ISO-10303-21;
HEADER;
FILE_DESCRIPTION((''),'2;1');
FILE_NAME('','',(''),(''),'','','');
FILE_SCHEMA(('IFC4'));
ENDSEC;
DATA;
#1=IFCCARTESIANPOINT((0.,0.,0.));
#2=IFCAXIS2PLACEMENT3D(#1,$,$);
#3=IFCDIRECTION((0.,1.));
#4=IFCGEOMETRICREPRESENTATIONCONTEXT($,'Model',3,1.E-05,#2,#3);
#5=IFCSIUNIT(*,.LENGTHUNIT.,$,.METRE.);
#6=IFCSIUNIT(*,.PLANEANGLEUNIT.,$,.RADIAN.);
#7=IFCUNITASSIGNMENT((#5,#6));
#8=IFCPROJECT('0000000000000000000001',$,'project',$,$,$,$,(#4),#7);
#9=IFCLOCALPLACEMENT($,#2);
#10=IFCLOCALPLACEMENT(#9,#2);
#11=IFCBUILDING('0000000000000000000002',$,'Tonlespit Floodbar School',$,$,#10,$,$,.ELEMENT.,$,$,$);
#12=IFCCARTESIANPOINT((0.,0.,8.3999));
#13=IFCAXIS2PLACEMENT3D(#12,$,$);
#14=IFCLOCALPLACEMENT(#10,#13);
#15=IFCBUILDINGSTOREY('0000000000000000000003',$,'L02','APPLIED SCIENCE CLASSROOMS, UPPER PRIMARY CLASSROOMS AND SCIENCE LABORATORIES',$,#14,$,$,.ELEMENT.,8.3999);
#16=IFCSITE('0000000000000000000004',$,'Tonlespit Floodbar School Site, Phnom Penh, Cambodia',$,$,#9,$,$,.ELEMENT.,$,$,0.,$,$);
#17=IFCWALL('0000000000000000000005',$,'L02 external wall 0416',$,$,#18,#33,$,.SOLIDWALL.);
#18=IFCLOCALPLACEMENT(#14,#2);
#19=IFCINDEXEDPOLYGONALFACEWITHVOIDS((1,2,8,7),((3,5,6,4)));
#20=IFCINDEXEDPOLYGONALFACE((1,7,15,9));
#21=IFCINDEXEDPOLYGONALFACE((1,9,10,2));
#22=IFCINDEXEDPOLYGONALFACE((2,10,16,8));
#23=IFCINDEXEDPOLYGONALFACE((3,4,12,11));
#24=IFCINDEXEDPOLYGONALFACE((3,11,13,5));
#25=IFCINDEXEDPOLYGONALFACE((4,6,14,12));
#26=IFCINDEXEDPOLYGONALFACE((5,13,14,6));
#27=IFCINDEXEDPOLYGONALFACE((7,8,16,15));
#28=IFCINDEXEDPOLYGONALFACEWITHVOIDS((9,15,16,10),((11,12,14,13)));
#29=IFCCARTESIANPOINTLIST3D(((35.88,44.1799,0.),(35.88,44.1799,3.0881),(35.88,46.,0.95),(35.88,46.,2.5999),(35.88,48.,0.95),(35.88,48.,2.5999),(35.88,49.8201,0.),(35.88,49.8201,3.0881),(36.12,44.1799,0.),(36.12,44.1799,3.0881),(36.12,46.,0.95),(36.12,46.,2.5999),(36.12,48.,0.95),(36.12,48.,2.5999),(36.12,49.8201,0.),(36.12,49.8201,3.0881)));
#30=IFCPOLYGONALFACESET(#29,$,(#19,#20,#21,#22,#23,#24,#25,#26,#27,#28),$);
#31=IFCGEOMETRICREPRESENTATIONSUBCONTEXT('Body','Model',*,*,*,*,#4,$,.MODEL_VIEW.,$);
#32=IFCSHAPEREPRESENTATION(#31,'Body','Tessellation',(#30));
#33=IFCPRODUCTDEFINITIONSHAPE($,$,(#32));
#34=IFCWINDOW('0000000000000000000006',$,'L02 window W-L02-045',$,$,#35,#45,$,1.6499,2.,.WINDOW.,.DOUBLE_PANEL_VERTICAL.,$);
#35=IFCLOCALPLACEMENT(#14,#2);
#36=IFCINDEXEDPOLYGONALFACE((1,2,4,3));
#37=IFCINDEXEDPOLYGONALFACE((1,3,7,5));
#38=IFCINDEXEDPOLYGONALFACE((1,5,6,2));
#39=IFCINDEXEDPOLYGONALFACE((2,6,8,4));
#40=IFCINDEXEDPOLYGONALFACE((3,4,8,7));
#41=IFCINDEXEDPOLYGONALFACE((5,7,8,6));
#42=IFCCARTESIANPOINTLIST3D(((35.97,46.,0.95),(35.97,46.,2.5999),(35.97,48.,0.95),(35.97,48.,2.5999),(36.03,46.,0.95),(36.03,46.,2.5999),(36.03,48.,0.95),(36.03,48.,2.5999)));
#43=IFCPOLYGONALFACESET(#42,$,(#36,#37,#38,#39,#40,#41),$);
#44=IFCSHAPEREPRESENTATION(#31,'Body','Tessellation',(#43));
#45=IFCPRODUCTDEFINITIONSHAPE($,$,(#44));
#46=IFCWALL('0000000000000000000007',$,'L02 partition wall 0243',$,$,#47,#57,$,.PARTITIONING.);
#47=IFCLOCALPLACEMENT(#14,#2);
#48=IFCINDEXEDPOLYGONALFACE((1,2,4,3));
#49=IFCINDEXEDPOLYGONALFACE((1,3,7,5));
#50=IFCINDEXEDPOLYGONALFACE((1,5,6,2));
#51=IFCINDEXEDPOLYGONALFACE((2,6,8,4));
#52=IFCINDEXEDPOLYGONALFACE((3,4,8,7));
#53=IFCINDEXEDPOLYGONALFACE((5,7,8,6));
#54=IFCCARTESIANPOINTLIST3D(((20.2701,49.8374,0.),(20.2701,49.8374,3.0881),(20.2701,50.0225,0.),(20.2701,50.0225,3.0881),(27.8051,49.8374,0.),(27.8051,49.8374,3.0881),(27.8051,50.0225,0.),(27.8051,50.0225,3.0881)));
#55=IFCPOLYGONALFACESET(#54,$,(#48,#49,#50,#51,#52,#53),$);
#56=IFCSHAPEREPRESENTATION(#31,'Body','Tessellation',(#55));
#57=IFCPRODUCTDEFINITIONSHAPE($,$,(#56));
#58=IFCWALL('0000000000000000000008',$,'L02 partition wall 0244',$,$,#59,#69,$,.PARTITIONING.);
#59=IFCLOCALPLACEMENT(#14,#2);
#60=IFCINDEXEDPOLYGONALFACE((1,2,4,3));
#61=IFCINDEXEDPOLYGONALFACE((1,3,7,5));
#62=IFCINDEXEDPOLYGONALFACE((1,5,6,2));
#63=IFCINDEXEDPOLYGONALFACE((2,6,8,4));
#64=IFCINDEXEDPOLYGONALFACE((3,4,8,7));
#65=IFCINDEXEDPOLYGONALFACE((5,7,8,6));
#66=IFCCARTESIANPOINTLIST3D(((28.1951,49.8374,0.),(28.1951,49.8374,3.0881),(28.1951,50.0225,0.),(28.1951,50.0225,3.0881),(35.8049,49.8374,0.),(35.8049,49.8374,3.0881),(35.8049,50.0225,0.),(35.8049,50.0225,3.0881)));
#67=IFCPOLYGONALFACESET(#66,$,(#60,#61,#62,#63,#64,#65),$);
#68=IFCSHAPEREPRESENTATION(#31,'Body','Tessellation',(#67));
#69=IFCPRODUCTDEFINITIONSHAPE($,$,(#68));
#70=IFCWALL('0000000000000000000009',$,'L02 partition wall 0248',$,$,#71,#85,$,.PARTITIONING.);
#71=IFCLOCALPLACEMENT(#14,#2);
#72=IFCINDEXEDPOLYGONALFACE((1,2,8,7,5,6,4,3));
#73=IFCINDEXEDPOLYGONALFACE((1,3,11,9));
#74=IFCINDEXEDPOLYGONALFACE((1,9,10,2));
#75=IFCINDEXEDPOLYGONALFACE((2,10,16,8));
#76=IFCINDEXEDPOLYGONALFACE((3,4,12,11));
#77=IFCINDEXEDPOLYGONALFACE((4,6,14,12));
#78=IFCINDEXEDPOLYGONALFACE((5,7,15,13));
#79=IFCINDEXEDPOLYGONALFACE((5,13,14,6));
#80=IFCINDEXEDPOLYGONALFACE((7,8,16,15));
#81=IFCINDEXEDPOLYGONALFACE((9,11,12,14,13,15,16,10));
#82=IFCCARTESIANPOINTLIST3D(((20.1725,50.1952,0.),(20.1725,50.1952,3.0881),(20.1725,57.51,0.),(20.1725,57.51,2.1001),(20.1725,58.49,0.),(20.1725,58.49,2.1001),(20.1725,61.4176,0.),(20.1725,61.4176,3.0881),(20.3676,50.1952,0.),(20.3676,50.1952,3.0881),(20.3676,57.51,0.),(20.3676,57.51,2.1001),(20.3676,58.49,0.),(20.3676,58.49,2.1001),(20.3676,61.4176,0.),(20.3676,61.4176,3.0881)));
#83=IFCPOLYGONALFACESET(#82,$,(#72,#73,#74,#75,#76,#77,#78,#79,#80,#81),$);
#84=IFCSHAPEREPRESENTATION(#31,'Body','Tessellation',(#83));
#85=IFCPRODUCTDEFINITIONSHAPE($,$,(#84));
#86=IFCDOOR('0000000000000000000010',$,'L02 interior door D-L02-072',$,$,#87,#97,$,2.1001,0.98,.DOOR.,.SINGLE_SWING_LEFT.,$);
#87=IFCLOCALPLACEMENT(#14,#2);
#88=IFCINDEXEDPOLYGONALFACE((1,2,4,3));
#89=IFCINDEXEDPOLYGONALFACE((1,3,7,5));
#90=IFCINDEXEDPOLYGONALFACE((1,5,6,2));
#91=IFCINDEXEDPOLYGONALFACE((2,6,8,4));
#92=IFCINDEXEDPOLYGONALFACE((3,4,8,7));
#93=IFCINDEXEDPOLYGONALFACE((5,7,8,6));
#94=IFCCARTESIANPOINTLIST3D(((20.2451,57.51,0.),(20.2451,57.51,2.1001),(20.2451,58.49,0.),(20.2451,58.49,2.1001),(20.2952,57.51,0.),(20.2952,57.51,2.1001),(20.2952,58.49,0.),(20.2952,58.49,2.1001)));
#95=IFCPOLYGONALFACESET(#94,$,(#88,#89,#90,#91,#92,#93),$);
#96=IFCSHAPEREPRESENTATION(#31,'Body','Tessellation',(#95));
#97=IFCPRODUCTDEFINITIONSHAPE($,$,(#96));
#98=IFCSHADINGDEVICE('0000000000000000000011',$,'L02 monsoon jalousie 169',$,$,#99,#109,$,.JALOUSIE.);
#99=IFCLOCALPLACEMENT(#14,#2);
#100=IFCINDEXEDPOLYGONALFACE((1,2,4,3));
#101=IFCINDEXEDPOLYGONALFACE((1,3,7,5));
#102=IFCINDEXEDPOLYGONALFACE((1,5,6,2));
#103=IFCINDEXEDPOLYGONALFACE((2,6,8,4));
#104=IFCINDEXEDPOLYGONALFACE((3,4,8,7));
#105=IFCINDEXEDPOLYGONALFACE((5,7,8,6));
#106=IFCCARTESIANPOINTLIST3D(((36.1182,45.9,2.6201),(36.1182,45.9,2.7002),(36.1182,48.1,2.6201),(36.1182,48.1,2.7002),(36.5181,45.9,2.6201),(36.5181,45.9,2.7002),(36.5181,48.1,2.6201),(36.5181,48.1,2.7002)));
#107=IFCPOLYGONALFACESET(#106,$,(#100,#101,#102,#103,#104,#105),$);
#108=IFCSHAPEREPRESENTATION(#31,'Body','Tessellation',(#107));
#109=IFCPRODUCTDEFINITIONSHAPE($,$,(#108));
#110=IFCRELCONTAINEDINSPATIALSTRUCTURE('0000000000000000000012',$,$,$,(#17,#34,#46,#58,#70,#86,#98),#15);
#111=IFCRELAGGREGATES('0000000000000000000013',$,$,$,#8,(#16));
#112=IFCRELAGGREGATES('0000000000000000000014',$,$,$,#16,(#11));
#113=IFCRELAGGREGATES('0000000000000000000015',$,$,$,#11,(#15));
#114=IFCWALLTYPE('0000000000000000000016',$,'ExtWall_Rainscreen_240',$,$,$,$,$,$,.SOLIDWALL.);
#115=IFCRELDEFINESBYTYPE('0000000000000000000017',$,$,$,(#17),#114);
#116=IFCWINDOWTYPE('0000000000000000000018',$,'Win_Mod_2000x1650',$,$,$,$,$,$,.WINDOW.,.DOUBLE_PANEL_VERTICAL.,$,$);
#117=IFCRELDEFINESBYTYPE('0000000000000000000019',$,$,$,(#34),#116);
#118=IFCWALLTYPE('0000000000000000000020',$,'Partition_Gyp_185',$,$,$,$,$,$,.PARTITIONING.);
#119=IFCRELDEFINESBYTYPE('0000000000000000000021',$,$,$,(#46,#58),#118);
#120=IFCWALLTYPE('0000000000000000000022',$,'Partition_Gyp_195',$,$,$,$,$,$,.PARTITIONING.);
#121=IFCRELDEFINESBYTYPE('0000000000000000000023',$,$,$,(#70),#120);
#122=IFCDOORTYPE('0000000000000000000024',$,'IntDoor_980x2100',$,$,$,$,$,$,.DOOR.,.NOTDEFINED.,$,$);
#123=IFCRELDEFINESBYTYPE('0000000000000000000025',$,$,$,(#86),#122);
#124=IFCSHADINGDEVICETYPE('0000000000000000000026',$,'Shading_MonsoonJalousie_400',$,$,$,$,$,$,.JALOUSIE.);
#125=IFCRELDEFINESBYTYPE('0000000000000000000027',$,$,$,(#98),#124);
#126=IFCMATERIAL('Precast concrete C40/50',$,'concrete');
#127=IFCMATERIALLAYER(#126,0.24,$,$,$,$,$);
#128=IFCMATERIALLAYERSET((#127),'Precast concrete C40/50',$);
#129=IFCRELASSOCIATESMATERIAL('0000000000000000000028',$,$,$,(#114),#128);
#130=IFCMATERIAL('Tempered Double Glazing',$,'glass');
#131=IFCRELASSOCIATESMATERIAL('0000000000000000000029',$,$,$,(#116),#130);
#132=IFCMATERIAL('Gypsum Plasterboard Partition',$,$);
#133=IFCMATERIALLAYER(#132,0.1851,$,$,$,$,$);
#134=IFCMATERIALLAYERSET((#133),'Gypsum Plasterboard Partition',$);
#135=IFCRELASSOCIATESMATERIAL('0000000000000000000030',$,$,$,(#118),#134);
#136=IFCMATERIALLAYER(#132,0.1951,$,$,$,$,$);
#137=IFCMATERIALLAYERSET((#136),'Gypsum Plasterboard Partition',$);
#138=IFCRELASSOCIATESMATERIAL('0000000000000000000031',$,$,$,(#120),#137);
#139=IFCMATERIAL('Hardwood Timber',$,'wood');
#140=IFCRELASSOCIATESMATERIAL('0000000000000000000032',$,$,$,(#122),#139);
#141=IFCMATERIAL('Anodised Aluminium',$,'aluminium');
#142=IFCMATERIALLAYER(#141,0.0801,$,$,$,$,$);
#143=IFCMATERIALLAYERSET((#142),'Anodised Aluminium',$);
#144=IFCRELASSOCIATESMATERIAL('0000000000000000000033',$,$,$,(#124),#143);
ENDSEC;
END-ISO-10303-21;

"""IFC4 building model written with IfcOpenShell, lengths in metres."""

from ifc_helpers import new_model, si_unit, direction, frame, frame_2d, origin, origin_2d, place, context, subcontext, project, spatial, rectangle, extrude, material, layer, layer_set, type_object, element, fill, save


model = new_model("IFC4")

# Units and contexts
model_context = context("Model", 3, precision=1e-05, world=origin(), true_north=direction((0.0, 1.0)))
body_context = subcontext(model_context, "Body", "Model", "MODEL_VIEW")
ifc_project = project(units=[si_unit("LENGTHUNIT", "METRE"), si_unit("PLANEANGLEUNIT", "RADIAN")], contexts=[model_context])

# Site, building, storey
site_placement = place(None, origin())
site = spatial("IfcSite", under=ifc_project, at=site_placement, Name="Tonlespit Floodbar School Site, Phnom Penh, Cambodia", CompositionType="ELEMENT", RefElevation=0.0)
building_placement = place(site_placement, origin())
building = spatial("IfcBuilding", under=site, at=building_placement, Name="Tonlespit Floodbar School", CompositionType="ELEMENT")
storey_placement = place(building_placement, frame((0.0, 0.0, 8.3999)))
storey = spatial("IfcBuildingStorey", under=building, at=storey_placement, Name="L02", Description="APPLIED SCIENCE CLASSROOMS, UPPER PRIMARY CLASSROOMS AND SCIENCE LABORATORIES", CompositionType="ELEMENT", Elevation=8.3999)

# Wall, opening, window
ifc_material_1 = material(Name="Precast concrete C40/50", Category="concrete")
ifc_layer_1 = layer(ifc_material_1, 0.24)
ifc_layer_set_1 = layer_set([ifc_layer_1], Name="Precast concrete C40/50")
wall_type_1 = type_object("IfcWallType", Name="ExtWall_Rainscreen_240", PredefinedType="SOLIDWALL", material=ifc_layer_set_1)
ifc_material_2 = material(Name="Tempered Double Glazing", Category="glass")
wall_1_placement = place(storey_placement, frame((36.0, 49.8201, 0.0), z_axis=(0.0, 0.0, 1.0), x_axis=(0.0, -1.0, 0.0)))
wall_1 = element("IfcWall", 1, at=wall_1_placement, inside=storey, type_object=wall_type_1, Name="L02 external wall 0416", PredefinedType="SOLIDWALL", context=body_context, shape_type="SweptSolid", body=[
    extrude(rectangle(XDim=5.6401, YDim=0.24, at=frame_2d((2.8201, 0.0))), origin(), (0.0, 0.0, 1.0), 3.0881),
])
opening_1_placement = place(wall_1_placement, frame((1.8201, 0.0, 0.95)))
opening_1 = element("IfcOpeningElement", 2, at=opening_1_placement, cuts=wall_1, PredefinedType="OPENING", context=body_context, shape_type="SweptSolid", body=[
    extrude(rectangle(XDim=2.0, YDim=1.6499, at=frame_2d((1.0, 0.825))), frame((0.0, 0.1299, 0.0), z_axis=(0.0, -1.0, 0.0), x_axis=(1.0, 0.0, 0.0)), (0.0, 0.0, 1.0), 0.26),
])
window_type_1 = type_object("IfcWindowType", Name="Win_Mod_2000x1650", PartitioningType="DOUBLE_PANEL_VERTICAL", PredefinedType="WINDOW", material=ifc_material_2)
window_1_placement = place(opening_1_placement, origin())
window_1 = element("IfcWindow", 3, at=window_1_placement, inside=storey, type_object=window_type_1, Name="L02 window W-L02-045", OverallHeight=1.6499, OverallWidth=2.0, PartitioningType="DOUBLE_PANEL_VERTICAL", PredefinedType="WINDOW", context=body_context, shape_type="SweptSolid", body=[
    extrude(rectangle(XDim=2.0, YDim=1.6499, at=frame_2d((1.0, 0.825))), frame((0.0, 0.03, 0.0), z_axis=(0.0, -1.0, 0.0), x_axis=(1.0, 0.0, 0.0)), (0.0, 0.0, 1.0), 0.0601),
])
fill(opening_1, window_1)

# Walls
ifc_material_3 = material(Name="Gypsum Plasterboard Partition")
ifc_layer_2 = layer(ifc_material_3, 0.1851)
ifc_layer_set_2 = layer_set([ifc_layer_2], Name="Gypsum Plasterboard Partition")
wall_type_2 = type_object("IfcWallType", Name="Partition_Gyp_185", PredefinedType="PARTITIONING", material=ifc_layer_set_2)
wall_2_placement = place(storey_placement, frame((20.27, 49.9299, 0.0), z_axis=(0.0, 0.0, 1.0), x_axis=(1.0, 0.0, 0.0)))
element("IfcWall", 4, at=wall_2_placement, inside=storey, type_object=wall_type_2, Name="L02 partition wall 0243", PredefinedType="PARTITIONING", context=body_context, shape_type="SweptSolid", body=[
    extrude(rectangle(XDim=7.5349, YDim=0.1851, at=frame_2d((3.7676, 0.0))), origin(), (0.0, 0.0, 1.0), 3.0881),
])
wall_3_placement = place(storey_placement, frame((28.1951, 49.9299, 0.0), z_axis=(0.0, 0.0, 1.0), x_axis=(1.0, 0.0, 0.0)))
element("IfcWall", 5, at=wall_3_placement, inside=storey, type_object=wall_type_2, Name="L02 partition wall 0244", PredefinedType="PARTITIONING", context=body_context, shape_type="SweptSolid", body=[
    extrude(rectangle(XDim=7.6099, YDim=0.1851, at=frame_2d((3.8049, 0.0))), origin(), (0.0, 0.0, 1.0), 3.0881),
])

# Wall, opening, door
ifc_layer_3 = layer(ifc_material_3, 0.1951)
ifc_layer_set_3 = layer_set([ifc_layer_3], Name="Gypsum Plasterboard Partition")
wall_type_3 = type_object("IfcWallType", Name="Partition_Gyp_195", PredefinedType="PARTITIONING", material=ifc_layer_set_3)
wall_4_placement = place(storey_placement, frame((20.27, 50.1951, 0.0), z_axis=(0.0, 0.0, 1.0), x_axis=(0.0, 1.0, 0.0)))
wall_4 = element("IfcWall", 6, at=wall_4_placement, inside=storey, type_object=wall_type_3, Name="L02 partition wall 0248", PredefinedType="PARTITIONING", context=body_context, shape_type="SweptSolid", body=[
    extrude(rectangle(XDim=11.2224, YDim=0.1951, at=frame_2d((5.6113, 0.0))), origin(), (0.0, 0.0, 1.0), 3.0881),
])
opening_2_placement = place(wall_4_placement, frame((7.3149, 0.0, 0.0)))
opening_2 = element("IfcOpeningElement", 7, at=opening_2_placement, cuts=wall_4, PredefinedType="OPENING", context=body_context, shape_type="SweptSolid", body=[
    extrude(rectangle(XDim=0.98, YDim=2.1001, at=frame_2d((0.49, 1.05))), frame((0.0, 0.1074, 0.0), z_axis=(0.0, -1.0, 0.0), x_axis=(1.0, 0.0, 0.0)), (0.0, 0.0, 1.0), 0.2151),
])
ifc_material_4 = material(Name="Hardwood Timber", Category="wood")
door_type = type_object("IfcDoorType", Name="IntDoor_980x2100", OperationType="NOTDEFINED", PredefinedType="DOOR", material=ifc_material_4)
door_placement = place(opening_2_placement, origin())
door = element("IfcDoor", 8, at=door_placement, inside=storey, type_object=door_type, Name="L02 interior door D-L02-072", OperationType="SINGLE_SWING_LEFT", OverallHeight=2.1001, OverallWidth=0.98, PredefinedType="DOOR", context=body_context, shape_type="SweptSolid", body=[
    extrude(rectangle(XDim=0.98, YDim=2.1001, at=frame_2d((0.49, 1.05))), frame((0.0, 0.0249, 0.0), z_axis=(0.0, -1.0, 0.0), x_axis=(1.0, 0.0, 0.0)), (0.0, 0.0, 1.0), 0.05),
])
fill(opening_2, door)

# Shading device
ifc_material_5 = material(Name="Anodised Aluminium", Category="aluminium")
ifc_layer_4 = layer(ifc_material_5, 0.0801)
ifc_layer_set_4 = layer_set([ifc_layer_4], Name="Anodised Aluminium")
shading_device_type = type_object("IfcShadingDeviceType", Name="Shading_MonsoonJalousie_400", PredefinedType="JALOUSIE", material=ifc_layer_set_4)
shading_device_placement = place(storey_placement, frame((36.3181, 47.0, 2.6201), z_axis=(0.0, 0.0, 1.0), x_axis=(0.0, -1.0, 0.0)))
element("IfcShadingDevice", 9, at=shading_device_placement, inside=storey, type_object=shading_device_type, Name="L02 monsoon jalousie 169", PredefinedType="JALOUSIE", context=body_context, shape_type="SweptSolid", body=[
    extrude(rectangle(XDim=2.2, YDim=0.3999, at=origin_2d()), origin(), (0.0, 0.0, 1.0), 0.0801),
])

save(model, "model.ifc")
